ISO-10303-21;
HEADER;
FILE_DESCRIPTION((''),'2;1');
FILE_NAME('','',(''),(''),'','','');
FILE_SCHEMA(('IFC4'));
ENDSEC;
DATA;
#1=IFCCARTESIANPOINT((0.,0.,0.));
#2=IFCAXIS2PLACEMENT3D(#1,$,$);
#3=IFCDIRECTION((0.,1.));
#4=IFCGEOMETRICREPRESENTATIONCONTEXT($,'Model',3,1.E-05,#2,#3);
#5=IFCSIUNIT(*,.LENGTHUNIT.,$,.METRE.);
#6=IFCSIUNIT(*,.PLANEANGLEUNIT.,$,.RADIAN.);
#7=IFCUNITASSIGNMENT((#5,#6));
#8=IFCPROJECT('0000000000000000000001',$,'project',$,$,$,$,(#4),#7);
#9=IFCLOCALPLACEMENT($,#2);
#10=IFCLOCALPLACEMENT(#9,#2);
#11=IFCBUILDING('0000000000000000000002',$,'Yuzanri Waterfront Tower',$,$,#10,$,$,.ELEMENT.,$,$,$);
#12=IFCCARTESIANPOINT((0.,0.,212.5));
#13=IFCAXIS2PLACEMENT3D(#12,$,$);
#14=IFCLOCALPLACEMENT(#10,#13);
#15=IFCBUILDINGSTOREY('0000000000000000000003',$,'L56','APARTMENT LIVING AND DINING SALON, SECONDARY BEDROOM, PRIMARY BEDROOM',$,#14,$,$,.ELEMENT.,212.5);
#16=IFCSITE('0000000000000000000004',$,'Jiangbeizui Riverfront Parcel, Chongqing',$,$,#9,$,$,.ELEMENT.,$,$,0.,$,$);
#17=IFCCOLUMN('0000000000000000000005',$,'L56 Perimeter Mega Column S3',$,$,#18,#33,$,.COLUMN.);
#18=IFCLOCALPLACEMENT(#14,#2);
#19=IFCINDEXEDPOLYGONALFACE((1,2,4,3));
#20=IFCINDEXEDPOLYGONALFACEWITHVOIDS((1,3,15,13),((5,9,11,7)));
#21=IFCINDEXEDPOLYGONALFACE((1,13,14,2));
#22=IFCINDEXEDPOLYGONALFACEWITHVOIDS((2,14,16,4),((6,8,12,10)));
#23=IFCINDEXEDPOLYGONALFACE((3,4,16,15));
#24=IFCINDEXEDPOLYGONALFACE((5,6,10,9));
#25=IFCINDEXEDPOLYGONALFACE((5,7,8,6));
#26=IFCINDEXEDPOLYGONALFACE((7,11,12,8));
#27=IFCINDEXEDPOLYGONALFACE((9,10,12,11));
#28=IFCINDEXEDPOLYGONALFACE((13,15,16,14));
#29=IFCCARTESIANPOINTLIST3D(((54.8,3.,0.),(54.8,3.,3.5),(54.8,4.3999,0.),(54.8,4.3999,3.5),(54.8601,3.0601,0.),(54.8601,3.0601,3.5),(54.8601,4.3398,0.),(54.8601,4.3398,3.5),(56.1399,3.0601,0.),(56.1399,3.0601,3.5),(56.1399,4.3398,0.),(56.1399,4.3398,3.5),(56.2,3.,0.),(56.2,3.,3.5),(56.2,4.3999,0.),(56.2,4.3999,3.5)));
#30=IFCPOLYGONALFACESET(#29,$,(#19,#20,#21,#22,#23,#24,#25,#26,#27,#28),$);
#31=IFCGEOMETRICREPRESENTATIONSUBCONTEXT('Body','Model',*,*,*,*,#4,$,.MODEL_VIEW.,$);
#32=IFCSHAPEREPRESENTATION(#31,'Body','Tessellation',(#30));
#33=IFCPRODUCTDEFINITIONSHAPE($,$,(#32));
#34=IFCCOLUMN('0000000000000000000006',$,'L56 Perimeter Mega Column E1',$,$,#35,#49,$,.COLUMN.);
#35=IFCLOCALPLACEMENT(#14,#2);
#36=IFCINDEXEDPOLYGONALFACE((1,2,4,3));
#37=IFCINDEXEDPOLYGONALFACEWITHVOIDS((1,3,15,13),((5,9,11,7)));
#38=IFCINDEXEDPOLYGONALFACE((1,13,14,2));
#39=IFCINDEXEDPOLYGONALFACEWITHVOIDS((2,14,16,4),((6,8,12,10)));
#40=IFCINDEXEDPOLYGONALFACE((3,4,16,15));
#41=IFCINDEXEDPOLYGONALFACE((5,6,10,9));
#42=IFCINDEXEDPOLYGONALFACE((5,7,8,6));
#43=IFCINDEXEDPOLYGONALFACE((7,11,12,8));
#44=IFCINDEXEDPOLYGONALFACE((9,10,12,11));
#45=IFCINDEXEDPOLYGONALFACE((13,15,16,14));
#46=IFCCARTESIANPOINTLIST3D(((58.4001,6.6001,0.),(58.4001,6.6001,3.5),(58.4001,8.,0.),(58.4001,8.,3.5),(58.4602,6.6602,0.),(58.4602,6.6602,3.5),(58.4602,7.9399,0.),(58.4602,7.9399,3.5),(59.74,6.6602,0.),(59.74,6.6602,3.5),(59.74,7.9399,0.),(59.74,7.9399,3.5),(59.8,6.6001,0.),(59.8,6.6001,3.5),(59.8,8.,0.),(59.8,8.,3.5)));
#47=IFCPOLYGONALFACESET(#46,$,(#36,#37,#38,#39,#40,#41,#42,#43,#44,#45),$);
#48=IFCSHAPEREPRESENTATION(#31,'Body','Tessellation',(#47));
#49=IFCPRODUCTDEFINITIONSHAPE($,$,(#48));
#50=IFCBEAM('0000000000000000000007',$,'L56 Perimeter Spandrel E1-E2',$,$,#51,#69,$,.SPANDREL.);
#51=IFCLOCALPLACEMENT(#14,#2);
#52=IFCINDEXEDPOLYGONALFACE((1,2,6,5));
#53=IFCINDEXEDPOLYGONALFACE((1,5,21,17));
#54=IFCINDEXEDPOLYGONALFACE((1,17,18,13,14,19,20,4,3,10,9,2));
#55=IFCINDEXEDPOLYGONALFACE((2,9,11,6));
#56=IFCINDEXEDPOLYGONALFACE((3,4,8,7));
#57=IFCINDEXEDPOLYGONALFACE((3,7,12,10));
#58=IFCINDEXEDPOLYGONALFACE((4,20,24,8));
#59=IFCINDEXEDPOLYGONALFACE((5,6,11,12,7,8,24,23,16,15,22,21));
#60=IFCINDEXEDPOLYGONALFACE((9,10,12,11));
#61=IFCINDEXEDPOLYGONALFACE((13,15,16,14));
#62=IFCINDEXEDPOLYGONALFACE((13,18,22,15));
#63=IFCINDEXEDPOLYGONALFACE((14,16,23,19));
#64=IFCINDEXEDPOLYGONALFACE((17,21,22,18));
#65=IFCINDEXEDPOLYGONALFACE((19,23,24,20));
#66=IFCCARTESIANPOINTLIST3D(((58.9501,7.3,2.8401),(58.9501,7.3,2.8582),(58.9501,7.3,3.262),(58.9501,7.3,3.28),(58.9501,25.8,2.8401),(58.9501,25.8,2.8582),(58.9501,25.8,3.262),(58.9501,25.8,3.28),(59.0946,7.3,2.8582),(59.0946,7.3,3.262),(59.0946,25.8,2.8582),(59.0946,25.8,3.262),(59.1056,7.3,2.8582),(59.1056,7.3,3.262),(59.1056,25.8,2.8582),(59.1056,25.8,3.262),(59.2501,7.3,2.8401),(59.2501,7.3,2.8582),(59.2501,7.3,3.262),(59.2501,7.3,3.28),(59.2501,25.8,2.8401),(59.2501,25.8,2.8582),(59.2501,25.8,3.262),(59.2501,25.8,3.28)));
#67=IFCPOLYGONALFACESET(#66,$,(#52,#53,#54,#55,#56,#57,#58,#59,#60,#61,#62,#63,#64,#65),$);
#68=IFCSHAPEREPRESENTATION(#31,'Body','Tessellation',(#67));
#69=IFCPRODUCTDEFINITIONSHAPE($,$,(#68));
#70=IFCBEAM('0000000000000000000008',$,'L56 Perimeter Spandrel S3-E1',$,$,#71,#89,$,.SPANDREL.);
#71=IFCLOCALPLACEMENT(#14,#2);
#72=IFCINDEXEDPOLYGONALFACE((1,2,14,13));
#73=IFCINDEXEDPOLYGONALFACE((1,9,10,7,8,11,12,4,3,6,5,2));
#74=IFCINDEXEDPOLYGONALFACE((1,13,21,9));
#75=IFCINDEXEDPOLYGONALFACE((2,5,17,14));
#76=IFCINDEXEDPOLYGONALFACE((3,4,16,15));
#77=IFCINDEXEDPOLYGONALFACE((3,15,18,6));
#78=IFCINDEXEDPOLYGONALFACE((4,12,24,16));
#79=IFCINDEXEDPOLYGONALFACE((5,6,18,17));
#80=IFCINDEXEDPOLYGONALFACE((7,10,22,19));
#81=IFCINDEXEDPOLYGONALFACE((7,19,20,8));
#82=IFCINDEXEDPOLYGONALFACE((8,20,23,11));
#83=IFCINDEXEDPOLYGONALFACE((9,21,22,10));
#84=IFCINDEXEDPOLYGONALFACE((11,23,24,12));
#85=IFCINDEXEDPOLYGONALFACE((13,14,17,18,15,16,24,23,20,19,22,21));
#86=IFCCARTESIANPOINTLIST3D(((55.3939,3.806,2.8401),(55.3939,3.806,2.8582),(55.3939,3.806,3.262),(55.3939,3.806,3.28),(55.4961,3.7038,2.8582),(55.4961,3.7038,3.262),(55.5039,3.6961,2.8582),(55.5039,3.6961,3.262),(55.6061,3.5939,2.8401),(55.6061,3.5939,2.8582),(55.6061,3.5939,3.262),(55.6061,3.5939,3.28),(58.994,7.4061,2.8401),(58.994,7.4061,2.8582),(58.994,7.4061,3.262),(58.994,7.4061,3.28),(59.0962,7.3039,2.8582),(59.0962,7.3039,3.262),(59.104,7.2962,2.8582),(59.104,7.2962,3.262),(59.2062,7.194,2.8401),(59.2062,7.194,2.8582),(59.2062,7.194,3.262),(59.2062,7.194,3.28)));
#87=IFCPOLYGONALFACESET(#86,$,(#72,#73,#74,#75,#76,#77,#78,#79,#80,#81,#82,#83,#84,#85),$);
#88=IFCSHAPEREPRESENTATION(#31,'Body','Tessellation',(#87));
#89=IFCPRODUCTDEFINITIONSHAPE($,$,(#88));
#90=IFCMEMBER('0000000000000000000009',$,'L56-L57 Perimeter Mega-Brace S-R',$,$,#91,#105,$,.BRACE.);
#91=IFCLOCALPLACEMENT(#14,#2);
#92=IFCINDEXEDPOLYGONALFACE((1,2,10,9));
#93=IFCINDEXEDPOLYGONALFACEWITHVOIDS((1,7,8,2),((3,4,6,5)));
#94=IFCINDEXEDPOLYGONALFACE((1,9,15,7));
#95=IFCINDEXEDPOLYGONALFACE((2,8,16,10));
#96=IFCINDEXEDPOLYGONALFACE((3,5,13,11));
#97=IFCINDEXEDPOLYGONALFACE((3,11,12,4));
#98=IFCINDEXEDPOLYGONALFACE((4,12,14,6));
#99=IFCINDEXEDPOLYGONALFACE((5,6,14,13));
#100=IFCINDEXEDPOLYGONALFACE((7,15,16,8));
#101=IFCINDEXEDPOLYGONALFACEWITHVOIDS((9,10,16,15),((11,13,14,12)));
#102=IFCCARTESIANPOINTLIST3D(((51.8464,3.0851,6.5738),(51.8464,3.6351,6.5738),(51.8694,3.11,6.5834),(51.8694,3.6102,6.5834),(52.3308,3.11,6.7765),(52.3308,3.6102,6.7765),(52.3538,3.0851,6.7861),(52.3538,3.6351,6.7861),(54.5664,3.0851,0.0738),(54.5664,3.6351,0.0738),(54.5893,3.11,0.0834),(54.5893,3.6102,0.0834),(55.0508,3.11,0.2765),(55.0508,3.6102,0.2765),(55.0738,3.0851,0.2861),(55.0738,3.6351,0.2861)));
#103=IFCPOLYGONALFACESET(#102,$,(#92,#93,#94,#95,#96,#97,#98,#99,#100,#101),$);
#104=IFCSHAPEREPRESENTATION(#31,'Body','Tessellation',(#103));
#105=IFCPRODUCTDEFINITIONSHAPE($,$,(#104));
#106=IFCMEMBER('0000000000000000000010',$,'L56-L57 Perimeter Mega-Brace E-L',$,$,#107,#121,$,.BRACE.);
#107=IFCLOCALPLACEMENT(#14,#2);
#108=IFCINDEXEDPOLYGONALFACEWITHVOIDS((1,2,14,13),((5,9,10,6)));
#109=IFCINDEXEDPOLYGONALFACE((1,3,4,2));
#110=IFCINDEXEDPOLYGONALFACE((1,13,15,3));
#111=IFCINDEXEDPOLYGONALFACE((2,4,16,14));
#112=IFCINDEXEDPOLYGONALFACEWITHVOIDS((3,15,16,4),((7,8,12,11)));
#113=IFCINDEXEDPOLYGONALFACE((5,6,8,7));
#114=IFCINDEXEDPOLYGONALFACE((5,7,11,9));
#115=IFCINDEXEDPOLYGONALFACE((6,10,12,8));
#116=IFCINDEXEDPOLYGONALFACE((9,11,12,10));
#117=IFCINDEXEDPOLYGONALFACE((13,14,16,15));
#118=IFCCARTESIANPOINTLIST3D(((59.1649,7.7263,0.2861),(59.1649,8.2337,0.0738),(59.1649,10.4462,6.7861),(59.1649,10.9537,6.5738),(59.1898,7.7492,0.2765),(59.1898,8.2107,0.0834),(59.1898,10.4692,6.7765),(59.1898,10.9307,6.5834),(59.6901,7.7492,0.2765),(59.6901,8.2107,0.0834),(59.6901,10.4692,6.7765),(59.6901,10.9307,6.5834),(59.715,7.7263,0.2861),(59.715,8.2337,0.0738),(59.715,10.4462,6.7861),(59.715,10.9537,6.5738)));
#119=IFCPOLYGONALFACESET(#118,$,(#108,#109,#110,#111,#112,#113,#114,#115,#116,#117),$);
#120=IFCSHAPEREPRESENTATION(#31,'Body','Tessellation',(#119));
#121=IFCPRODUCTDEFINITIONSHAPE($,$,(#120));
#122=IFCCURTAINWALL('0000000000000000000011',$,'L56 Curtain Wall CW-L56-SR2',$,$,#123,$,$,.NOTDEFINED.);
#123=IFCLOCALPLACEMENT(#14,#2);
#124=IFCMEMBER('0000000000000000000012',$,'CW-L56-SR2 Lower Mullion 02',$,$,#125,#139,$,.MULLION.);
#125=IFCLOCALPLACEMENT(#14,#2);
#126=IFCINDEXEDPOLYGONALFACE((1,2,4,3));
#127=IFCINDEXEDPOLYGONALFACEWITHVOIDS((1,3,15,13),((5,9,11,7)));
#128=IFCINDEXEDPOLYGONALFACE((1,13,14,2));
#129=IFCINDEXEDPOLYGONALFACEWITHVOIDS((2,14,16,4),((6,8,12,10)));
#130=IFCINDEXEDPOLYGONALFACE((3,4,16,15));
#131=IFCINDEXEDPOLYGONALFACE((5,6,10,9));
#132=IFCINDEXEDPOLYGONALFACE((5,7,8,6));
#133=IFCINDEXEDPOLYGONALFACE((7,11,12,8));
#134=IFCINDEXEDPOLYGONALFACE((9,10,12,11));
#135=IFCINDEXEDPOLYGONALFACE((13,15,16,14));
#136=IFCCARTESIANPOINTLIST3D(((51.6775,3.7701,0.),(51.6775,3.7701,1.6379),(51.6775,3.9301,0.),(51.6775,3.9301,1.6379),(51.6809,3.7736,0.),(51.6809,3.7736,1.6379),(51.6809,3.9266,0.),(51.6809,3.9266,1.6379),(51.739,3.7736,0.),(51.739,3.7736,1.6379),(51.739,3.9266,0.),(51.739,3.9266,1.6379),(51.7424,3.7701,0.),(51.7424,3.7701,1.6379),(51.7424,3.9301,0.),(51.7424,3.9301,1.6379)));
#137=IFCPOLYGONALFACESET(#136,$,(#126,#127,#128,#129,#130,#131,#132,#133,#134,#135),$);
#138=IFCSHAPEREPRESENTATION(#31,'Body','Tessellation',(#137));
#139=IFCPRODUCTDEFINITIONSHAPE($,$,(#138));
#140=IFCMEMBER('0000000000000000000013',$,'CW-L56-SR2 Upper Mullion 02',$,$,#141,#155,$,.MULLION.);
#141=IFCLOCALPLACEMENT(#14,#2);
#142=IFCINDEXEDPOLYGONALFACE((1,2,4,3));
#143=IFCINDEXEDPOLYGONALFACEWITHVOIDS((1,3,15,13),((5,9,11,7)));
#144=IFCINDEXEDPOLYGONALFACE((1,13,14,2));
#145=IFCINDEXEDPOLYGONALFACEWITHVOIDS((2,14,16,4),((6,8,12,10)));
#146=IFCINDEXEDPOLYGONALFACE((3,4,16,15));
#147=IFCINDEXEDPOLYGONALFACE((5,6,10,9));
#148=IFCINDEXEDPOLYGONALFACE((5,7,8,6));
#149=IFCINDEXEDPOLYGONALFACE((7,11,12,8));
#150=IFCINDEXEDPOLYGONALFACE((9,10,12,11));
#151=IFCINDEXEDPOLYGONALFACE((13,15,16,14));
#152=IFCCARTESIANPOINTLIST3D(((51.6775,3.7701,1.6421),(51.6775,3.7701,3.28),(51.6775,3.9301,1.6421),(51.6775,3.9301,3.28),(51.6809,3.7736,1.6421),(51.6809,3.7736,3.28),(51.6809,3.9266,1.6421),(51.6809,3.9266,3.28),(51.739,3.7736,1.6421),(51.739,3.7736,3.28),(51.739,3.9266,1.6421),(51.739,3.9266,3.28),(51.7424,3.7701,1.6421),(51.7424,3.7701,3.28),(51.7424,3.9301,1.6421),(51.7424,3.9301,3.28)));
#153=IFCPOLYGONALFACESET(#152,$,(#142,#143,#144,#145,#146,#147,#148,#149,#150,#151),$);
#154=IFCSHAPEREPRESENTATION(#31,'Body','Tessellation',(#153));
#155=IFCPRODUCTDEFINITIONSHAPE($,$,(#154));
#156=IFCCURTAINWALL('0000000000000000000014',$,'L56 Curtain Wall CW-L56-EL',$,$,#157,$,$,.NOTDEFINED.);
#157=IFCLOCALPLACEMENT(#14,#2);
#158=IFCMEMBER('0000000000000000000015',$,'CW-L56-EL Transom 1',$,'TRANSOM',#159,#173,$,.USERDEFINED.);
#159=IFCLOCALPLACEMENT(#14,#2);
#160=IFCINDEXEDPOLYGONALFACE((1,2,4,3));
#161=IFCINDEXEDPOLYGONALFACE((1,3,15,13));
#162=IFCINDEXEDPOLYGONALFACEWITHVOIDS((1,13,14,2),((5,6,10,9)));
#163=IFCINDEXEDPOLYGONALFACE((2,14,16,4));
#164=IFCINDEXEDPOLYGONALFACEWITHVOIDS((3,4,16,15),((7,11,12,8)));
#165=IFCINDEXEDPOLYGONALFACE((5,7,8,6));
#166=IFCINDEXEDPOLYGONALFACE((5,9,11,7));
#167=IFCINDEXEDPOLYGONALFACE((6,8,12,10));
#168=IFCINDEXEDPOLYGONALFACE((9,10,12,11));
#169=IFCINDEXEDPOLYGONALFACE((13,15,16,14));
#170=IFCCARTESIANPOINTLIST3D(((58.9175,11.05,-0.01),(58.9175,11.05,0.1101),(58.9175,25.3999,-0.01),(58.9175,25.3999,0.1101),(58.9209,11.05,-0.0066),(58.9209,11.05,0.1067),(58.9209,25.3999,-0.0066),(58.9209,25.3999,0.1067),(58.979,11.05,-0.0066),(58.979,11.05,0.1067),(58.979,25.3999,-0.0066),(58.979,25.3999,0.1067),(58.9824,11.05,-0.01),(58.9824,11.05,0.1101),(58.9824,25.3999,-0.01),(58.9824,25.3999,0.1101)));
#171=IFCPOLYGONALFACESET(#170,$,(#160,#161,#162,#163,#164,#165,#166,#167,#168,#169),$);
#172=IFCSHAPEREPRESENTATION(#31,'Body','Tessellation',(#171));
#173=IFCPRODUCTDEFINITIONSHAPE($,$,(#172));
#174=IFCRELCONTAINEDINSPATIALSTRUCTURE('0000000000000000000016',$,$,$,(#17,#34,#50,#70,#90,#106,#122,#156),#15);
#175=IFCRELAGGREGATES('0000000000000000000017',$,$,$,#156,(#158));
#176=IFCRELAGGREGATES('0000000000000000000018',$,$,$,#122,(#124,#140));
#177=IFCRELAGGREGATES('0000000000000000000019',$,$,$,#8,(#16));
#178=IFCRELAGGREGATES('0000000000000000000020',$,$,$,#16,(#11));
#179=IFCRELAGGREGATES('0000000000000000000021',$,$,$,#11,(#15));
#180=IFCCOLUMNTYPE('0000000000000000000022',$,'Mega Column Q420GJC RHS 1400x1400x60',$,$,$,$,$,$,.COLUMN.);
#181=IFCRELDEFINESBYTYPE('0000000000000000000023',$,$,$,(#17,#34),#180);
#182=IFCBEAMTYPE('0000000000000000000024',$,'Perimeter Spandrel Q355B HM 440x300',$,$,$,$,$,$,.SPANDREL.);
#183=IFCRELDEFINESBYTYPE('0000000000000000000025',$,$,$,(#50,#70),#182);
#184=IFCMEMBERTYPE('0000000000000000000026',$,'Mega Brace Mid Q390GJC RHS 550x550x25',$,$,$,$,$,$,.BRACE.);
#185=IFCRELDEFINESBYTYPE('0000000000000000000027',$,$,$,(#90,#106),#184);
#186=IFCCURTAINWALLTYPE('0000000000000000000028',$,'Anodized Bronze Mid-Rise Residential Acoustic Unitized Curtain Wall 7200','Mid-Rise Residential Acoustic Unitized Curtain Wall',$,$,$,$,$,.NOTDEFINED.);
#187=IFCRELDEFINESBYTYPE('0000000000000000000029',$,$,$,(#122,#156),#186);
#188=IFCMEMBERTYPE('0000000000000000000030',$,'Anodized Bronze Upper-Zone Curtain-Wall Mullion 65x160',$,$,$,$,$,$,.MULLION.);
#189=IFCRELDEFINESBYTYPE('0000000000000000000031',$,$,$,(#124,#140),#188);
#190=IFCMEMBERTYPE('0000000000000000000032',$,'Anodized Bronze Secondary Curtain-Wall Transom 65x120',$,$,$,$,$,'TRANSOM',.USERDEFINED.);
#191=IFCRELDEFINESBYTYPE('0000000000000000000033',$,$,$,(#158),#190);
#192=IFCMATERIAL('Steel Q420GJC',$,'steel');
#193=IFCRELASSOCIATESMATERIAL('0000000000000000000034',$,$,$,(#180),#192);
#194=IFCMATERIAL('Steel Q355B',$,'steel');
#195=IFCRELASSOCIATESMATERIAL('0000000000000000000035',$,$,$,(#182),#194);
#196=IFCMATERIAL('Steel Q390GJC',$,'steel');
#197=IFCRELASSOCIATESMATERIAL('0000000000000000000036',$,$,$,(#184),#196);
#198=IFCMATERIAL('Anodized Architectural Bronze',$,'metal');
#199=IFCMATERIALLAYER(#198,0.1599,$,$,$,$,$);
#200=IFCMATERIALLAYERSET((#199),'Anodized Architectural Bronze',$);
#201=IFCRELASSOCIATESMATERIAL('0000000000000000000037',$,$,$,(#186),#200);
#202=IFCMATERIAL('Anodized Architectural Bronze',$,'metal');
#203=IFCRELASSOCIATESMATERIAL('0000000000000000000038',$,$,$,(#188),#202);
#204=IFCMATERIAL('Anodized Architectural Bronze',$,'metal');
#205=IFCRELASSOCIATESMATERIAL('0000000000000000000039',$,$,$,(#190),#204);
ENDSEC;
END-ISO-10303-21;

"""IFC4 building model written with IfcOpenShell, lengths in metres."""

from ifc_helpers import new_model, si_unit, direction, frame, origin, origin_2d, place, context, subcontext, project, spatial, hollow_rectangle, i_section, extrude, source, transform, mapped, material, layer, layer_set, material_profile, profile_set, type_object, element, aggregate, save


model = new_model("IFC4")

# Units and contexts
model_context = context("Model", 3, precision=1e-05, world=origin(), true_north=direction((0.0, 1.0)))
body_context = subcontext(model_context, "Body", "Model", "MODEL_VIEW")
ifc_project = project(units=[si_unit("LENGTHUNIT", "METRE"), si_unit("PLANEANGLEUNIT", "RADIAN")], contexts=[model_context])

# Site, building, storey
site_placement = place(None, origin())
site = spatial("IfcSite", under=ifc_project, at=site_placement, Name="Jiangbeizui Riverfront Parcel, Chongqing", CompositionType="ELEMENT", RefElevation=0.0)
building_placement = place(site_placement, origin())
building = spatial("IfcBuilding", under=site, at=building_placement, Name="Yuzanri Waterfront Tower", CompositionType="ELEMENT")
storey_placement = place(building_placement, frame((0.0, 0.0, 212.5)))
storey = spatial("IfcBuildingStorey", under=building, at=storey_placement, Name="L56", Description="APARTMENT LIVING AND DINING SALON, SECONDARY BEDROOM, PRIMARY BEDROOM", CompositionType="ELEMENT", Elevation=212.5)

# Columns
ifc_material_1 = material(Name="Steel Q420GJC", Category="steel")
ifc_material_profile_1 = material_profile(ifc_material_1, hollow_rectangle(XDim=1.3999, YDim=1.3999, WallThickness=0.0601, at=origin_2d()), Name="RHS 1400x1400x60")
ifc_profile_set_1 = profile_set([ifc_material_profile_1], Name="Steel Q420GJC")
column_type = type_object("IfcColumnType", Name="Mega Column Q420GJC RHS 1400x1400x60", PredefinedType="COLUMN", material=ifc_profile_set_1)
shared_shape_1 = source(origin(), body_context, "Body", "SweptSolid", [
    extrude(hollow_rectangle(XDim=1.3999, YDim=1.3999, WallThickness=0.0601, at=origin_2d()), origin(), (0.0, 0.0, 1.0), 3.5),
])
for number, where, z_axis, x_axis, name in (
    (1, (55.5, 3.7, 0.0), (0.0, 0.0, 1.0), (1.0, 0.0, 0.0), "L56 Perimeter Mega Column S3"),
    (2, (59.1001, 7.3, 0.0), (0.0, 0.0, 1.0), (1.0, 0.0, 0.0), "L56 Perimeter Mega Column E1"),
):
    element("IfcColumn", number, at=place(storey_placement, frame(where, z_axis=z_axis, x_axis=x_axis)), inside=storey, type_object=column_type, Name=name, PredefinedType="COLUMN", context=body_context, shape_type="MappedRepresentation", body=[
        mapped(shared_shape_1, transform((0.0, 0.0, 0.0), scale=1.0)),
    ])

# Beams
ifc_material_2 = material(Name="Steel Q355B", Category="steel")
ifc_material_profile_2 = material_profile(ifc_material_2, i_section(OverallWidth=0.3, OverallDepth=0.4399, WebThickness=0.011, FlangeThickness=0.0181, at=origin_2d()), Name="HM 440x300x11x18")
ifc_profile_set_2 = profile_set([ifc_material_profile_2], Name="Steel Q355B")
beam_type = type_object("IfcBeamType", Name="Perimeter Spandrel Q355B HM 440x300", PredefinedType="SPANDREL", material=ifc_profile_set_2)
shared_shape_2 = source(origin(), body_context, "Body", "SweptSolid", [
    extrude(i_section(OverallWidth=0.3, OverallDepth=0.4399, WebThickness=0.011, FlangeThickness=0.0181, at=origin_2d()), origin(), (0.0, 0.0, 1.0), 18.5),
])
beam_1_placement = place(storey_placement, frame((59.1001, 7.3, 3.0601), z_axis=(0.0, 1.0, 0.0), x_axis=(-1.0, 0.0, 0.0)))
element("IfcBeam", 3, at=beam_1_placement, inside=storey, type_object=beam_type, Name="L56 Perimeter Spandrel E1-E2", PredefinedType="SPANDREL", context=body_context, shape_type="MappedRepresentation", body=[
    mapped(shared_shape_2, transform((0.0, 0.0, 0.0), scale=1.0)),
])
shared_shape_3 = source(origin(), body_context, "Body", "SweptSolid", [
    extrude(i_section(OverallWidth=0.3, OverallDepth=0.4399, WebThickness=0.011, FlangeThickness=0.0181, at=origin_2d()), origin(), (0.0, 0.0, 1.0), 5.0913),
])
beam_2_placement = place(storey_placement, frame((55.5, 3.7, 3.0601), z_axis=(0.707107, 0.707107, 0.0), x_axis=(-0.707107, 0.707107, 0.0)))
element("IfcBeam", 4, at=beam_2_placement, inside=storey, type_object=beam_type, Name="L56 Perimeter Spandrel S3-E1", PredefinedType="SPANDREL", context=body_context, shape_type="MappedRepresentation", body=[
    mapped(shared_shape_3, transform((0.0, 0.0, 0.0), scale=1.0)),
])

# Members
ifc_material_3 = material(Name="Steel Q390GJC", Category="steel")
ifc_material_profile_3 = material_profile(ifc_material_3, hollow_rectangle(XDim=0.55, YDim=0.55, WallThickness=0.0249, at=origin_2d()), Name="RHS 550x550x25")
ifc_profile_set_3 = profile_set([ifc_material_profile_3], Name="Steel Q390GJC")
member_type_1 = type_object("IfcMemberType", Name="Mega Brace Mid Q390GJC RHS 550x550x25", PredefinedType="BRACE", material=ifc_profile_set_3)
shared_shape_4 = source(origin(), body_context, "Body", "SweptSolid", [
    extrude(hollow_rectangle(XDim=0.55, YDim=0.55, WallThickness=0.0249, at=origin_2d()), origin(), (0.0, 0.0, 1.0), 7.0461),
])
for number, where, z_axis, x_axis, name in (
    (5, (54.8201, 3.3601, 0.1799), (-0.386022, 0.0, 0.922489), (0.0, -1.0, 0.0), "L56-L57 Perimeter Mega-Brace S-R"),
    (6, (59.4399, 7.98, 0.1799), (0.0, 0.386022, 0.922489), (-1.0, 0.0, 0.0), "L56-L57 Perimeter Mega-Brace E-L"),
):
    element("IfcMember", number, at=place(storey_placement, frame(where, z_axis=z_axis, x_axis=x_axis)), inside=storey, type_object=member_type_1, Name=name, PredefinedType="BRACE", context=body_context, shape_type="MappedRepresentation", body=[
        mapped(shared_shape_4, transform((0.0, 0.0, 0.0), scale=1.0)),
    ])

# Curtain walls, members
ifc_material_4 = material(Name="Anodized Architectural Bronze", Category="metal")
ifc_layer_1 = layer(ifc_material_4, 0.1599)
ifc_layer_set_1 = layer_set([ifc_layer_1], Name="Anodized Architectural Bronze")
curtain_wall_type = type_object("IfcCurtainWallType", Name="Anodized Bronze Mid-Rise Residential Acoustic Unitized Curtain Wall 7200", Description="Mid-Rise Residential Acoustic Unitized Curtain Wall", PredefinedType="NOTDEFINED", material=ifc_layer_set_1)
curtain_wall_1_placement = place(storey_placement, origin())
curtain_wall_1 = element("IfcCurtainWall", 7, at=curtain_wall_1_placement, inside=storey, type_object=curtain_wall_type, Name="L56 Curtain Wall CW-L56-SR2", PredefinedType="NOTDEFINED")
ifc_material_5 = material(Name="Anodized Architectural Bronze", Category="metal")
ifc_material_profile_4 = material_profile(ifc_material_5, hollow_rectangle(XDim=0.0649, YDim=0.1599, WallThickness=0.0034, at=origin_2d()), Name="CWM 65x160")
ifc_profile_set_4 = profile_set([ifc_material_profile_4], Name="Anodized Architectural Bronze")
member_type_2 = type_object("IfcMemberType", Name="Anodized Bronze Upper-Zone Curtain-Wall Mullion 65x160", PredefinedType="MULLION", material=ifc_profile_set_4)
shared_shape_5 = source(origin(), body_context, "Body", "SweptSolid", [
    extrude(hollow_rectangle(XDim=0.0649, YDim=0.1599, WallThickness=0.0034, at=origin_2d()), origin(), (0.0, 0.0, 1.0), 1.6379),
])
member_1_placement = place(storey_placement, frame((51.71, 3.8501, 0.0), z_axis=(0.0, 0.0, 1.0), x_axis=(1.0, 0.0, 0.0)))
member_1 = element("IfcMember", 8, at=member_1_placement, type_object=member_type_2, Name="CW-L56-SR2 Lower Mullion 02", PredefinedType="MULLION", context=body_context, shape_type="MappedRepresentation", body=[
    mapped(shared_shape_5, transform((0.0, 0.0, 0.0), scale=1.0)),
])
member_2_placement = place(storey_placement, frame((51.71, 3.8501, 1.6421), z_axis=(0.0, 0.0, 1.0), x_axis=(1.0, 0.0, 0.0)))
member_2 = element("IfcMember", 9, at=member_2_placement, type_object=member_type_2, Name="CW-L56-SR2 Upper Mullion 02", PredefinedType="MULLION", context=body_context, shape_type="MappedRepresentation", body=[
    mapped(shared_shape_5, transform((0.0, 0.0, 0.0), scale=1.0)),
])
curtain_wall_2_placement = place(storey_placement, origin())
curtain_wall_2 = element("IfcCurtainWall", 10, at=curtain_wall_2_placement, inside=storey, type_object=curtain_wall_type, Name="L56 Curtain Wall CW-L56-EL", PredefinedType="NOTDEFINED")
ifc_material_6 = material(Name="Anodized Architectural Bronze", Category="metal")
ifc_material_profile_5 = material_profile(ifc_material_6, hollow_rectangle(XDim=0.0649, YDim=0.1201, WallThickness=0.0034, at=origin_2d()), Name="CWT 65x120")
ifc_profile_set_5 = profile_set([ifc_material_profile_5], Name="Anodized Architectural Bronze")
member_type_3 = type_object("IfcMemberType", Name="Anodized Bronze Secondary Curtain-Wall Transom 65x120", ElementType="TRANSOM", PredefinedType="USERDEFINED", material=ifc_profile_set_5)
shared_shape_6 = source(origin(), body_context, "Body", "SweptSolid", [
    extrude(hollow_rectangle(XDim=0.0649, YDim=0.1201, WallThickness=0.0034, at=origin_2d()), origin(), (0.0, 0.0, 1.0), 14.3499),
])
member_3_placement = place(storey_placement, frame((58.95, 11.05, 0.05), z_axis=(0.0, 1.0, 0.0), x_axis=(-1.0, 0.0, 0.0)))
member_3 = element("IfcMember", 11, at=member_3_placement, type_object=member_type_3, Name="CW-L56-EL Transom 1", ObjectType="TRANSOM", PredefinedType="USERDEFINED", context=body_context, shape_type="MappedRepresentation", body=[
    mapped(shared_shape_6, transform((0.0, 0.0, 0.0), scale=1.0)),
])
aggregate(curtain_wall_2, [member_3])

aggregate(curtain_wall_1, [member_1, member_2])

save(model, "model.ifc")
